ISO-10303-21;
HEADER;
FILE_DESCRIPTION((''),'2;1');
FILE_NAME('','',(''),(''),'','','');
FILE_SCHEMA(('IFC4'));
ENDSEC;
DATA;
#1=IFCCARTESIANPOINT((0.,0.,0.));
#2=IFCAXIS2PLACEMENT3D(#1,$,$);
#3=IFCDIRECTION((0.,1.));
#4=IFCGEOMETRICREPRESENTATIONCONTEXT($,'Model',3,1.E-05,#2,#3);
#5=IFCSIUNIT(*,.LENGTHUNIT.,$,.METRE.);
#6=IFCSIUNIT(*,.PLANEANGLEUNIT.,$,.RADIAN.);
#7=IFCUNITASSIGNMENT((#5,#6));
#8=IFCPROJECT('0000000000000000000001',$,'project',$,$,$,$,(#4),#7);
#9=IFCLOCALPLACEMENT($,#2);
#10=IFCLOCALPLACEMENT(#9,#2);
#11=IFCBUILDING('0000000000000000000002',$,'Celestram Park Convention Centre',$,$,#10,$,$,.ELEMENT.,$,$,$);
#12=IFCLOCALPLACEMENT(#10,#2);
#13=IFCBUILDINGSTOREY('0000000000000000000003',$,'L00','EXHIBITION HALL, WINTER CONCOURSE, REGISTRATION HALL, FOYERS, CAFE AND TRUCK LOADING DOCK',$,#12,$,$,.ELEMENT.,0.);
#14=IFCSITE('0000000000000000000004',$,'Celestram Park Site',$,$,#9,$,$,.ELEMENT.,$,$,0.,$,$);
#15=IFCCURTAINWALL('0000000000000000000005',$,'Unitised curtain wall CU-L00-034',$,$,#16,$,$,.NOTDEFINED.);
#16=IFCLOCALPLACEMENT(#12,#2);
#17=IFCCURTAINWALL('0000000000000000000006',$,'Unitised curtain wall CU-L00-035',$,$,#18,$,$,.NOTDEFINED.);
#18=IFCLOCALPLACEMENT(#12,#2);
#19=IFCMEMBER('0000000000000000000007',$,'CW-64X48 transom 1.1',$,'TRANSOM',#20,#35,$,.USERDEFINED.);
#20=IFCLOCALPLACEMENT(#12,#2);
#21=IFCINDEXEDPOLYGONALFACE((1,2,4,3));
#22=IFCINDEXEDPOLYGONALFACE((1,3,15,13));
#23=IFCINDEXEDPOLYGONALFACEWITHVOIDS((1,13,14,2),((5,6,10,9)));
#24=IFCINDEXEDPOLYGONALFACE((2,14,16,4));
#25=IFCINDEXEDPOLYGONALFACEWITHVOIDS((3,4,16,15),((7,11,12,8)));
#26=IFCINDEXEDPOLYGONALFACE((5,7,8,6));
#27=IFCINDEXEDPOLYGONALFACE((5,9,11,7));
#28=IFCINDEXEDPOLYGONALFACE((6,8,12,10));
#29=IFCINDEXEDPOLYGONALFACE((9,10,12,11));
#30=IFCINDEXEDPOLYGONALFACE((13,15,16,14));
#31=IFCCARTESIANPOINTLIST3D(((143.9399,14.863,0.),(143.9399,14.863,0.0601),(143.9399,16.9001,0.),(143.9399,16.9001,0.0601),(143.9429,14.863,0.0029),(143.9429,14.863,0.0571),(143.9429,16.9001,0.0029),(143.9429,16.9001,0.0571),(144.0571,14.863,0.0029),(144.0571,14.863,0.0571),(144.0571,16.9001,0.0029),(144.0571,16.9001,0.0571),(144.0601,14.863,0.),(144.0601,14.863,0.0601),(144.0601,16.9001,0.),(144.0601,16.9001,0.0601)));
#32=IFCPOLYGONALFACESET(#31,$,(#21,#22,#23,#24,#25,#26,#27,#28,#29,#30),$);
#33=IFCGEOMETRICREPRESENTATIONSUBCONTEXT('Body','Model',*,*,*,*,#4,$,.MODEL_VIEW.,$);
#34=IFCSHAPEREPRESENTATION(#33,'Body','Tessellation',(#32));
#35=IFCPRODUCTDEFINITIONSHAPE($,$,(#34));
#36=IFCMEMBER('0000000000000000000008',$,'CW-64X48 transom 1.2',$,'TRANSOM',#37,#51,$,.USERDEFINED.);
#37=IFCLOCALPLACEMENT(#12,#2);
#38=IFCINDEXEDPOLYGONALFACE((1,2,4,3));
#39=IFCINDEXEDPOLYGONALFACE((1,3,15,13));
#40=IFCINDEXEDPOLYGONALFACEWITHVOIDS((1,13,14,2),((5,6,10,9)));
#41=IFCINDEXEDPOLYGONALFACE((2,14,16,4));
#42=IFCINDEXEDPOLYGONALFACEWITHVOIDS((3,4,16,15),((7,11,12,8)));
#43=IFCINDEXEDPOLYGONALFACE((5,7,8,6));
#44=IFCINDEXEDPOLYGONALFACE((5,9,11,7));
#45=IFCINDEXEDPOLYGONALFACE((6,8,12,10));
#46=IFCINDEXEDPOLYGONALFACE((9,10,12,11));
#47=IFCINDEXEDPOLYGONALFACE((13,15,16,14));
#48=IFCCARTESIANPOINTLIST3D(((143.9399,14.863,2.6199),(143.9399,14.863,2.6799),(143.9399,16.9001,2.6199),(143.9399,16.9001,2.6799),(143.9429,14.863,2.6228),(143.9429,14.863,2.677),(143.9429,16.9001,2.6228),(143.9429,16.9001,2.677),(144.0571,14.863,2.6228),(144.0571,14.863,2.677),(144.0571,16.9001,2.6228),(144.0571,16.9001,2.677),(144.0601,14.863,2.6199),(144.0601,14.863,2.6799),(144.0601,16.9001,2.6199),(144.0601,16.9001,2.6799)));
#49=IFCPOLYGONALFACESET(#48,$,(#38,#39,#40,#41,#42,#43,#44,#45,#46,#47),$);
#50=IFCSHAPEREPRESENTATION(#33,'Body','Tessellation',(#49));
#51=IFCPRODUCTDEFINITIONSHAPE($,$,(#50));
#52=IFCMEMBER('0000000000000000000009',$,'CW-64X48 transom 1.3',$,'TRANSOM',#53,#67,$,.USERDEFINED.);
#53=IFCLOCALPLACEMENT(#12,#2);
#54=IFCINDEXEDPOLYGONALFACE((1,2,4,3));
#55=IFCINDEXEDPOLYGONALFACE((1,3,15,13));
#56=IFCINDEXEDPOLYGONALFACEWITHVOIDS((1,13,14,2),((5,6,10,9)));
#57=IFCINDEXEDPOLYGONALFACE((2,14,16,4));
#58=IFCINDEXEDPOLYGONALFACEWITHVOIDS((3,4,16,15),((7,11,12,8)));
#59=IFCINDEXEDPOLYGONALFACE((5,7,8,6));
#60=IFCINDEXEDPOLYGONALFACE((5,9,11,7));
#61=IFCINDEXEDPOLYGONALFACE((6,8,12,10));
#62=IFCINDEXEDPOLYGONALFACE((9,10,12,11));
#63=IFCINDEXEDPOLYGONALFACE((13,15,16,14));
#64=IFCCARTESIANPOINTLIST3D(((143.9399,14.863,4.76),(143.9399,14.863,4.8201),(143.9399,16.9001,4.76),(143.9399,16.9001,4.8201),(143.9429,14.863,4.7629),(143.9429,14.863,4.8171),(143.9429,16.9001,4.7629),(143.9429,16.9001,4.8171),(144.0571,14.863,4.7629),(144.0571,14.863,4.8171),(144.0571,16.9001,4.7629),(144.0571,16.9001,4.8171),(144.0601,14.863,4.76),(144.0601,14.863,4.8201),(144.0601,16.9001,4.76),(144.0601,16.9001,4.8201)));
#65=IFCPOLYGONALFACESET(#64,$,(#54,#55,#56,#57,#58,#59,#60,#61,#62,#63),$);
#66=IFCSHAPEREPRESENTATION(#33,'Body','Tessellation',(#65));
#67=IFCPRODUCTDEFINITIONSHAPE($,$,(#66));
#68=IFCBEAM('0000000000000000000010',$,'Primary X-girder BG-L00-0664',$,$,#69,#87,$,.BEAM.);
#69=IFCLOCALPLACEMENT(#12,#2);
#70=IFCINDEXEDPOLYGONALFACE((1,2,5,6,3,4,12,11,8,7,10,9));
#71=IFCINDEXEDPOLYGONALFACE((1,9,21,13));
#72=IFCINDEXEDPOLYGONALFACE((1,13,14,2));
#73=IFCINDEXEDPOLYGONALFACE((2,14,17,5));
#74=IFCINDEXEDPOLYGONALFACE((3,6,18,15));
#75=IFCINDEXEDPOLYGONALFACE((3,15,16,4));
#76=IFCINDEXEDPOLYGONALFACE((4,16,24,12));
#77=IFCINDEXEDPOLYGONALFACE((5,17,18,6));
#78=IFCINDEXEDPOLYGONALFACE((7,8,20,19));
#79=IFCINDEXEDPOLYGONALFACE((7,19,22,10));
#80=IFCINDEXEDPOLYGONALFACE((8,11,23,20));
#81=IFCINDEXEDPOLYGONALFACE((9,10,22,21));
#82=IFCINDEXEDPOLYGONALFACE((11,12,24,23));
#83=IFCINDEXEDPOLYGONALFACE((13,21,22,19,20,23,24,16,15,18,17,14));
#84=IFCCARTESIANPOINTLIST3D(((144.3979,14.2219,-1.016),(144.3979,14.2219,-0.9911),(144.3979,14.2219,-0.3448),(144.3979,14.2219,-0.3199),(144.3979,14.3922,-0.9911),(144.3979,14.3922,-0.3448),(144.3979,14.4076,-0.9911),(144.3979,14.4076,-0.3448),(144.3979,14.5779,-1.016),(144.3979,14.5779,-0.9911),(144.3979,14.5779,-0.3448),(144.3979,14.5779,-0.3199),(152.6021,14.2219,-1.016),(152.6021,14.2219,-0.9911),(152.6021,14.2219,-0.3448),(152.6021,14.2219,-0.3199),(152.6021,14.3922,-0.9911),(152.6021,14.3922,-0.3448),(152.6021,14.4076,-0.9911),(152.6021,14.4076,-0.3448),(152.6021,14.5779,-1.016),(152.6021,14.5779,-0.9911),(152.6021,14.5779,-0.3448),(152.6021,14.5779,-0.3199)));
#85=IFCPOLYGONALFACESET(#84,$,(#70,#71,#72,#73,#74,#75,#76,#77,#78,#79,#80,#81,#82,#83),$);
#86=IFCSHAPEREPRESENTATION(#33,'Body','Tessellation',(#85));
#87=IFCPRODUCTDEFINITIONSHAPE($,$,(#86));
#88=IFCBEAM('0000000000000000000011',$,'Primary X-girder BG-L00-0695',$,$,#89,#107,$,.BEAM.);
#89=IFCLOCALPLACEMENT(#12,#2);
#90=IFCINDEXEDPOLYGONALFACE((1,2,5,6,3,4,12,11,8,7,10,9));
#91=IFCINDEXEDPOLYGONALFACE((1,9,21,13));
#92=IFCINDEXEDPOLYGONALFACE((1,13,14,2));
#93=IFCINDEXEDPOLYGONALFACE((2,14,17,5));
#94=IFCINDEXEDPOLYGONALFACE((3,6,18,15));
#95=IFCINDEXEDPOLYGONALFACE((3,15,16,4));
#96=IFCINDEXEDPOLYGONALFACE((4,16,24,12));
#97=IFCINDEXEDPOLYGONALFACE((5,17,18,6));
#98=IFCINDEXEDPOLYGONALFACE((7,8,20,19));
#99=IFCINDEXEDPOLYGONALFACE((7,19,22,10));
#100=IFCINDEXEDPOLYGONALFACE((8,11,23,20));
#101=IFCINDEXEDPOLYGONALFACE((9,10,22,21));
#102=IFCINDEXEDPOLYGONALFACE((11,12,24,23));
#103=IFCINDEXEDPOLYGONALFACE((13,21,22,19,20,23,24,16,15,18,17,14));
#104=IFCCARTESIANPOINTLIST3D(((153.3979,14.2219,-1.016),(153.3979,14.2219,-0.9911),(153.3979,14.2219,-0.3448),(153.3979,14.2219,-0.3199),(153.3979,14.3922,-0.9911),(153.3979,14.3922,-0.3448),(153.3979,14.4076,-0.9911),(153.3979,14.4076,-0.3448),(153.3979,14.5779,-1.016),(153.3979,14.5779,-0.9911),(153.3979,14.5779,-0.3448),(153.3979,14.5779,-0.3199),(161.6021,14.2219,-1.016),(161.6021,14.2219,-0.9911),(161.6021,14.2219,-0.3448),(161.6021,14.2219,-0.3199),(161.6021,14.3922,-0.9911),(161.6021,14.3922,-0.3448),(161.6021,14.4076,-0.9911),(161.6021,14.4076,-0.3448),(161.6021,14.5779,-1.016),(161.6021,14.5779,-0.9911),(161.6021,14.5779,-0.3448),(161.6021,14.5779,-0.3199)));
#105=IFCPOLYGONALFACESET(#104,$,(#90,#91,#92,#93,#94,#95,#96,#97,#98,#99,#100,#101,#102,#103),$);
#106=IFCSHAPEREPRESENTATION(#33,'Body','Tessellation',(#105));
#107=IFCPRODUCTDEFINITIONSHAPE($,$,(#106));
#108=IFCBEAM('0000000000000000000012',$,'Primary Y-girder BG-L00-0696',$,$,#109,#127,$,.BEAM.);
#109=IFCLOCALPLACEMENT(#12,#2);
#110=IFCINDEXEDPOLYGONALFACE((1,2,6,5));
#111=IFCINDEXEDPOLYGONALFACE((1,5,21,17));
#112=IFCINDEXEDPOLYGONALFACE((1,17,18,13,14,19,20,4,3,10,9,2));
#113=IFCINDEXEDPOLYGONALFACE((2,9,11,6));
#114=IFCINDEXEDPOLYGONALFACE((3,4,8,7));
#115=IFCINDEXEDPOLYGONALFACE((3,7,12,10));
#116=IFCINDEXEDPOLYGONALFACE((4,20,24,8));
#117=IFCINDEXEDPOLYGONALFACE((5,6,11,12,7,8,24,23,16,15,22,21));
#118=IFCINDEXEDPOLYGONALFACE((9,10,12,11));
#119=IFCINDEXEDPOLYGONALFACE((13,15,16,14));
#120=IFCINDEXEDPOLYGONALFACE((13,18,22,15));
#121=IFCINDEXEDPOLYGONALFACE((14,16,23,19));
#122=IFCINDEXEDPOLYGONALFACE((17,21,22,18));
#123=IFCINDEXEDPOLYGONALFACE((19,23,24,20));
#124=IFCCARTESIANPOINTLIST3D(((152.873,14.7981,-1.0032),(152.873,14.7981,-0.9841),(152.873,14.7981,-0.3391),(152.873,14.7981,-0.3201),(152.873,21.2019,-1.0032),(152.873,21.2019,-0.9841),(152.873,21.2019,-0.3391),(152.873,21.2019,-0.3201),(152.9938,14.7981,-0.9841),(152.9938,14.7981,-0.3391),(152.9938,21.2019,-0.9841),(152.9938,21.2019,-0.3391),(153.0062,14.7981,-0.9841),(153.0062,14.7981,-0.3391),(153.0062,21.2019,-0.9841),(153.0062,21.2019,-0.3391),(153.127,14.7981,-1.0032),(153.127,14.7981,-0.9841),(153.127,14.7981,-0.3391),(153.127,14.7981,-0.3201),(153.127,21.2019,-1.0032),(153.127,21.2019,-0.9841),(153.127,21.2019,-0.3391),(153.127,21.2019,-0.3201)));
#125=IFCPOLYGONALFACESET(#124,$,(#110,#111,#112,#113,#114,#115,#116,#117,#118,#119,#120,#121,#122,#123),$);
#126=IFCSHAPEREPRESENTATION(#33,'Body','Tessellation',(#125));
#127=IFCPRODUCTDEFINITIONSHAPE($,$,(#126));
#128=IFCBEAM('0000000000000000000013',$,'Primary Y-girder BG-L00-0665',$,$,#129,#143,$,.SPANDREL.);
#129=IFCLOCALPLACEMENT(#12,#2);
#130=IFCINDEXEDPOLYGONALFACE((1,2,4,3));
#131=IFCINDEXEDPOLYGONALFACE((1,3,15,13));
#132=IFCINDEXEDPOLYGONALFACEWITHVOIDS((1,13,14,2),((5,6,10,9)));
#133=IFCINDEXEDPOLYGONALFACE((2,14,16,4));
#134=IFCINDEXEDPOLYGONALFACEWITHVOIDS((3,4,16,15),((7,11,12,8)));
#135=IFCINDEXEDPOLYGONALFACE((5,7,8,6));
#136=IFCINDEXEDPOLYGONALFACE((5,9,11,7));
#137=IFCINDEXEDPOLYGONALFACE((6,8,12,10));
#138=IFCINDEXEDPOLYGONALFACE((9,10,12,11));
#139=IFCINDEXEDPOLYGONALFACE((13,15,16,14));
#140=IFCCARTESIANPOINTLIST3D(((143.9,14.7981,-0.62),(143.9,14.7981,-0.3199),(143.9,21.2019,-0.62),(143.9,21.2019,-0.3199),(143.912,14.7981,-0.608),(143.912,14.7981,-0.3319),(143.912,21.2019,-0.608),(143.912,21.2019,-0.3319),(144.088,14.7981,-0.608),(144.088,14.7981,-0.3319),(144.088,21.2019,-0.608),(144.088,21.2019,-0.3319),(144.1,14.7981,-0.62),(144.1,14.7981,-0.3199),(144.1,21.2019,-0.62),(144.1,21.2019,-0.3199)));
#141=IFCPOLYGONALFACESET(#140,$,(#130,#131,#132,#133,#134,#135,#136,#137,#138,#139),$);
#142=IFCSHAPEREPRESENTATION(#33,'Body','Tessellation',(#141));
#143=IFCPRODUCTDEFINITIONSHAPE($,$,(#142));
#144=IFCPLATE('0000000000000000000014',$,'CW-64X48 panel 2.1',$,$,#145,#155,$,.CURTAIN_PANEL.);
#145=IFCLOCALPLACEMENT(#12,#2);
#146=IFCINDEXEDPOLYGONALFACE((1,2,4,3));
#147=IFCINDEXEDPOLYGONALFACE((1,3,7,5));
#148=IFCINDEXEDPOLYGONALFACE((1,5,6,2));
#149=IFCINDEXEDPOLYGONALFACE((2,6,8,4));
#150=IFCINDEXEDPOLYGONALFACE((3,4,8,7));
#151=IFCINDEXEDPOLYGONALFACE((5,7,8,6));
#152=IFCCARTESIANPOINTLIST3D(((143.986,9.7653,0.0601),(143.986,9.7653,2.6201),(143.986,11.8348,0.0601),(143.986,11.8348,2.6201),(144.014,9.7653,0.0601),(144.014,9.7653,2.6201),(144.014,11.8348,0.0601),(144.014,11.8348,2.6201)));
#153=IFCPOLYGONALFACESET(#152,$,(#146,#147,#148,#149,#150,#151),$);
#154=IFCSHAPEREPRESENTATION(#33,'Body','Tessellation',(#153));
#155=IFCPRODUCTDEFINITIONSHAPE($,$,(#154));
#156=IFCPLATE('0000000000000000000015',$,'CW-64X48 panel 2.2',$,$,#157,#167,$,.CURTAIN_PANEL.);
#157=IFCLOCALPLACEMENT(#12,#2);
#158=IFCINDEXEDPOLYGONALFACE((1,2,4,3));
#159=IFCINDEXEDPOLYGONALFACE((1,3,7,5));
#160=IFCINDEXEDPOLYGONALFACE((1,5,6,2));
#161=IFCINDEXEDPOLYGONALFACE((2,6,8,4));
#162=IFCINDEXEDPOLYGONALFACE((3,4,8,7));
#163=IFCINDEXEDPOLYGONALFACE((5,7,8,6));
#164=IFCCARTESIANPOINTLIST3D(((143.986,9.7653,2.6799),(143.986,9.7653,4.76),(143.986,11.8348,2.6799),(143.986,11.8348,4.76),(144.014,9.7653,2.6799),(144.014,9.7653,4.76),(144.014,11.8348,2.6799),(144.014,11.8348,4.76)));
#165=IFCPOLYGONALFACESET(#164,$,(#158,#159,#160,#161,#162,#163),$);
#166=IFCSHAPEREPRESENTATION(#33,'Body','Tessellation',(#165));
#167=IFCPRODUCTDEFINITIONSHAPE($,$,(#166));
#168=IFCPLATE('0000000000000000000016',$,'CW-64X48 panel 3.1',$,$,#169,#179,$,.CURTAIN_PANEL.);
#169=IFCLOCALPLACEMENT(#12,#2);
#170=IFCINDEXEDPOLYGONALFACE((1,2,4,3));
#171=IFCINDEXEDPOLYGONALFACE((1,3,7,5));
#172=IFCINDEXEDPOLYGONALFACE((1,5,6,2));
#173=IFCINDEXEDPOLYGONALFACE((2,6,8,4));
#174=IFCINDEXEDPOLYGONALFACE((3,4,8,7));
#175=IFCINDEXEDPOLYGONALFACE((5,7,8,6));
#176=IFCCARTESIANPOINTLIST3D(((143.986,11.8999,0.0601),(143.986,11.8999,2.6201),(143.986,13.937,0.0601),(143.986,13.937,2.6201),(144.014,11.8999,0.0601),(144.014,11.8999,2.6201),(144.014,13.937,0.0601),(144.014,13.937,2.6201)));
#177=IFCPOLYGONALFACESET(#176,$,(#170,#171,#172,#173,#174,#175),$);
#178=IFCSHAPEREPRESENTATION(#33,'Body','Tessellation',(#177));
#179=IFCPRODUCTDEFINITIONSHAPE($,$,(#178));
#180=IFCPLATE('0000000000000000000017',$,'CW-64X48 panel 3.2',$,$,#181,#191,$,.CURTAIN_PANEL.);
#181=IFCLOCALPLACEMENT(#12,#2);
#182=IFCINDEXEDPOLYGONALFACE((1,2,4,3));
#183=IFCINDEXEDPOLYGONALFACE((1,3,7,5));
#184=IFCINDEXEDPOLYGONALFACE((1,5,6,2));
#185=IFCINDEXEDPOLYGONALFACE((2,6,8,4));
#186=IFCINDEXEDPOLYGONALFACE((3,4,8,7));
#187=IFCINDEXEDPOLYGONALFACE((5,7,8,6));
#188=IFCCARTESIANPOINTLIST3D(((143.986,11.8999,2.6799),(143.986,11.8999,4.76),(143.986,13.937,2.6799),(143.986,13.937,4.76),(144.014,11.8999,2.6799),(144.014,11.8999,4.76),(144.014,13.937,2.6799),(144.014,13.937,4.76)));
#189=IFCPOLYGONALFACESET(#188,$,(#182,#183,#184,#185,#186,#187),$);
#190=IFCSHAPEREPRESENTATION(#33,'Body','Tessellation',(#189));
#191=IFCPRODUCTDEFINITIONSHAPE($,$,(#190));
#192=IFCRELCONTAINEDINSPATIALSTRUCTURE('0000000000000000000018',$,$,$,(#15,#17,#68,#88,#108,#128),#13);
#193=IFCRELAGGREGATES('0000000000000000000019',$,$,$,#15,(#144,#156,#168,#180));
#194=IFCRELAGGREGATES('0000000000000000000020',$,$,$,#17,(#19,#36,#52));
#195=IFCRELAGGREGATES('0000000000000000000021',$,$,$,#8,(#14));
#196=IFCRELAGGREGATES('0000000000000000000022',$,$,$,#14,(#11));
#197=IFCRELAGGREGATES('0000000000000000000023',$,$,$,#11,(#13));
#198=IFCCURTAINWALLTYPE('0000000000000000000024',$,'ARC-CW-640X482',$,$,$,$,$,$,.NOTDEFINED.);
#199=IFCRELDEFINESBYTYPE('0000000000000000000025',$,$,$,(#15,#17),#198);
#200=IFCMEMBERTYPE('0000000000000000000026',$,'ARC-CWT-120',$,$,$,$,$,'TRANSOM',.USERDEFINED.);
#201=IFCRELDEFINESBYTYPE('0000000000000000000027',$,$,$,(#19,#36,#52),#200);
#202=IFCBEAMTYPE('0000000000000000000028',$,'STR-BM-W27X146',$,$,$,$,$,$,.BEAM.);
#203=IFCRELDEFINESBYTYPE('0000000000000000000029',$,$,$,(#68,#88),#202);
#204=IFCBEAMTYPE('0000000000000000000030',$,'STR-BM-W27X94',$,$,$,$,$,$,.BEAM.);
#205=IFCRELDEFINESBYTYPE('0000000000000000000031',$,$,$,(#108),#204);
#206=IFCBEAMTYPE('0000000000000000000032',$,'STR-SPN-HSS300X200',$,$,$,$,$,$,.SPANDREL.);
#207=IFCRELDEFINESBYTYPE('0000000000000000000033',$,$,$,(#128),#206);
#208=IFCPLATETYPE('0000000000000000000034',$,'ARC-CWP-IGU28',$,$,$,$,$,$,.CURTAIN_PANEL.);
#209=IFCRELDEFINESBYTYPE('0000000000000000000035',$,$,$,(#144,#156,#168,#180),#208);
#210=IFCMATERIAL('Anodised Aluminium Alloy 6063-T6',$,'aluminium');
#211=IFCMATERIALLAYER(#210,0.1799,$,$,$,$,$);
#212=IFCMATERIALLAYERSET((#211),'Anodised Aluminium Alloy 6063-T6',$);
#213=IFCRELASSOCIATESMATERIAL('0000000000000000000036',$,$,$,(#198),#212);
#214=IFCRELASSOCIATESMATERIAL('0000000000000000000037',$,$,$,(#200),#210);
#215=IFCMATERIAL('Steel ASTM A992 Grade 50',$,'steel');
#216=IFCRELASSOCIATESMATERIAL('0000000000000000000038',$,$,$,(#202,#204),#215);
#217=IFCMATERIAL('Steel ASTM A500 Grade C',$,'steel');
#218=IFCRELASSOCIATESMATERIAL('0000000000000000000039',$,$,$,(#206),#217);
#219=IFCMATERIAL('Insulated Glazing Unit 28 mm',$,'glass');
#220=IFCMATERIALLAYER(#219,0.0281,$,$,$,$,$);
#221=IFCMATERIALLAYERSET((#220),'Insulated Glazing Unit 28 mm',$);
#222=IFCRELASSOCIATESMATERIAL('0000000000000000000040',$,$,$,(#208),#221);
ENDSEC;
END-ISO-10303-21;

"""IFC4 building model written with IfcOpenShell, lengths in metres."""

from ifc_helpers import new_model, si_unit, direction, frame, origin, origin_2d, place, context, subcontext, project, spatial, rectangle, hollow_rectangle, i_section, extrude, material, layer, layer_set, material_profile, profile_set, type_object, element, aggregate, save


model = new_model("IFC4")

# Units and contexts
model_context = context("Model", 3, precision=1e-05, world=origin(), true_north=direction((0.0, 1.0)))
body_context = subcontext(model_context, "Body", "Model", "MODEL_VIEW")
ifc_project = project(units=[si_unit("LENGTHUNIT", "METRE"), si_unit("PLANEANGLEUNIT", "RADIAN")], contexts=[model_context])

# Site, building, storey
site_placement = place(None, origin())
site = spatial("IfcSite", under=ifc_project, at=site_placement, Name="Celestram Park Site", CompositionType="ELEMENT", RefElevation=0.0)
building_placement = place(site_placement, origin())
building = spatial("IfcBuilding", under=site, at=building_placement, Name="Celestram Park Convention Centre", CompositionType="ELEMENT")
storey_placement = place(building_placement, origin())
storey = spatial("IfcBuildingStorey", under=building, at=storey_placement, Name="L00", Description="EXHIBITION HALL, WINTER CONCOURSE, REGISTRATION HALL, FOYERS, CAFE AND TRUCK LOADING DOCK", CompositionType="ELEMENT", Elevation=0.0)

# Curtain walls
ifc_material_1 = material(Name="Anodised Aluminium Alloy 6063-T6", Category="aluminium")
ifc_layer_1 = layer(ifc_material_1, 0.1799)
ifc_layer_set_1 = layer_set([ifc_layer_1], Name="Anodised Aluminium Alloy 6063-T6")
curtain_wall_type = type_object("IfcCurtainWallType", Name="ARC-CW-640X482", PredefinedType="NOTDEFINED", material=ifc_layer_set_1)
curtain_wall_1_placement = place(storey_placement, origin())
curtain_wall_1 = element("IfcCurtainWall", 1, at=curtain_wall_1_placement, inside=storey, type_object=curtain_wall_type, Name="Unitised curtain wall CU-L00-034", PredefinedType="NOTDEFINED")
curtain_wall_2_placement = place(storey_placement, origin())
curtain_wall_2 = element("IfcCurtainWall", 2, at=curtain_wall_2_placement, inside=storey, type_object=curtain_wall_type, Name="Unitised curtain wall CU-L00-035", PredefinedType="NOTDEFINED")

# Members
ifc_material_profile_1 = material_profile(ifc_material_1, hollow_rectangle(XDim=0.1201, YDim=0.0601, WallThickness=0.0029, at=origin_2d()), Name="ALU120X60X3")
ifc_profile_set_1 = profile_set([ifc_material_profile_1], Name="Anodised Aluminium Alloy 6063-T6")
member_type_1 = type_object("IfcMemberType", Name="ARC-CWT-120", ElementType="TRANSOM", PredefinedType="USERDEFINED", material=ifc_profile_set_1)
member_1_placement = place(storey_placement, frame((144.0, 14.863, 0.03), z_axis=(0.0, 1.0, 0.0), x_axis=(-1.0, 0.0, 0.0)))
member_1 = element("IfcMember", 3, at=member_1_placement, type_object=member_type_1, Name="CW-64X48 transom 1.1", ObjectType="TRANSOM", PredefinedType="USERDEFINED", context=body_context, shape_type="SweptSolid", body=[
    extrude(hollow_rectangle(XDim=0.1201, YDim=0.0601, WallThickness=0.0029, at=origin_2d()), origin(), (0.0, 0.0, 1.0), 2.0371),
])
member_2_placement = place(storey_placement, frame((144.0, 14.863, 2.6499), z_axis=(0.0, 1.0, 0.0), x_axis=(-1.0, 0.0, 0.0)))
member_2 = element("IfcMember", 4, at=member_2_placement, type_object=member_type_1, Name="CW-64X48 transom 1.2", ObjectType="TRANSOM", PredefinedType="USERDEFINED", context=body_context, shape_type="SweptSolid", body=[
    extrude(hollow_rectangle(XDim=0.1201, YDim=0.0601, WallThickness=0.0029, at=origin_2d()), origin(), (0.0, 0.0, 1.0), 2.0371),
])
member_3_placement = place(storey_placement, frame((144.0, 14.863, 4.79), z_axis=(0.0, 1.0, 0.0), x_axis=(-1.0, 0.0, 0.0)))
member_3 = element("IfcMember", 5, at=member_3_placement, type_object=member_type_1, Name="CW-64X48 transom 1.3", ObjectType="TRANSOM", PredefinedType="USERDEFINED", context=body_context, shape_type="SweptSolid", body=[
    extrude(hollow_rectangle(XDim=0.1201, YDim=0.0601, WallThickness=0.0029, at=origin_2d()), origin(), (0.0, 0.0, 1.0), 2.0371),
])

# Beams
ifc_material_2 = material(Name="Steel ASTM A992 Grade 50", Category="steel")
ifc_material_profile_2 = material_profile(ifc_material_2, i_section(OverallWidth=0.356, OverallDepth=0.696, WebThickness=0.0154, FlangeThickness=0.0249, at=origin_2d()), Name="W27X146")
ifc_profile_set_2 = profile_set([ifc_material_profile_2], Name="Steel ASTM A992 Grade 50")
beam_type_1 = type_object("IfcBeamType", Name="STR-BM-W27X146", PredefinedType="BEAM", material=ifc_profile_set_2)
for number, where, z_axis, x_axis, name in (
    (6, (144.3979, 14.3999, -0.668), (1.0, 0.0, 0.0), (0.0, 1.0, 0.0), "Primary X-girder BG-L00-0664"),
    (7, (153.3979, 14.3999, -0.668), (1.0, 0.0, 0.0), (0.0, 1.0, 0.0), "Primary X-girder BG-L00-0695"),
):
    element("IfcBeam", number, at=place(storey_placement, frame(where, z_axis=z_axis, x_axis=x_axis)), inside=storey, type_object=beam_type_1, Name=name, PredefinedType="BEAM", context=body_context, shape_type="SweptSolid", body=[
        extrude(i_section(OverallWidth=0.356, OverallDepth=0.696, WebThickness=0.0154, FlangeThickness=0.0249, at=origin_2d()), origin(), (0.0, 0.0, 1.0), 8.2041),
    ])
ifc_material_profile_3 = material_profile(ifc_material_2, i_section(OverallWidth=0.2539, OverallDepth=0.6831, WebThickness=0.0125, FlangeThickness=0.019, at=origin_2d()), Name="W27X94")
ifc_profile_set_3 = profile_set([ifc_material_profile_3], Name="Steel ASTM A992 Grade 50")
beam_type_2 = type_object("IfcBeamType", Name="STR-BM-W27X94", PredefinedType="BEAM", material=ifc_profile_set_3)
beam_1_placement = place(storey_placement, frame((153.0, 14.7981, -0.6616), z_axis=(0.0, 1.0, 0.0), x_axis=(-1.0, 0.0, 0.0)))
element("IfcBeam", 8, at=beam_1_placement, inside=storey, type_object=beam_type_2, Name="Primary Y-girder BG-L00-0696", PredefinedType="BEAM", context=body_context, shape_type="SweptSolid", body=[
    extrude(i_section(OverallWidth=0.2539, OverallDepth=0.6831, WebThickness=0.0125, FlangeThickness=0.019, at=origin_2d()), origin(), (0.0, 0.0, 1.0), 6.4038),
])
ifc_material_3 = material(Name="Steel ASTM A500 Grade C", Category="steel")
ifc_material_profile_4 = material_profile(ifc_material_3, hollow_rectangle(XDim=0.2, YDim=0.3, WallThickness=0.012, at=origin_2d()), Name="HSS300X200X12")
ifc_profile_set_4 = profile_set([ifc_material_profile_4], Name="Steel ASTM A500 Grade C")
beam_type_3 = type_object("IfcBeamType", Name="STR-SPN-HSS300X200", PredefinedType="SPANDREL", material=ifc_profile_set_4)
beam_2_placement = place(storey_placement, frame((144.0, 14.7981, -0.47), z_axis=(0.0, 1.0, 0.0), x_axis=(-1.0, 0.0, 0.0)))
element("IfcBeam", 9, at=beam_2_placement, inside=storey, type_object=beam_type_3, Name="Primary Y-girder BG-L00-0665", PredefinedType="SPANDREL", context=body_context, shape_type="SweptSolid", body=[
    extrude(hollow_rectangle(XDim=0.2, YDim=0.3, WallThickness=0.012, at=origin_2d()), origin(), (0.0, 0.0, 1.0), 6.4038),
])

# Plates
ifc_material_4 = material(Name="Insulated Glazing Unit 28 mm", Category="glass")
ifc_layer_2 = layer(ifc_material_4, 0.0281)
ifc_layer_set_2 = layer_set([ifc_layer_2], Name="Insulated Glazing Unit 28 mm")
plate_type = type_object("IfcPlateType", Name="ARC-CWP-IGU28", PredefinedType="CURTAIN_PANEL", material=ifc_layer_set_2)
plate_1_placement = place(storey_placement, frame((144.0, 10.8, 0.0601), z_axis=(0.0, 0.0, 1.0), x_axis=(0.0, 1.0, 0.0)))
plate_1 = element("IfcPlate", 10, at=plate_1_placement, type_object=plate_type, Name="CW-64X48 panel 2.1", PredefinedType="CURTAIN_PANEL", context=body_context, shape_type="SweptSolid", body=[
    extrude(rectangle(XDim=2.0696, YDim=0.0281, at=origin_2d()), origin(), (0.0, 0.0, 1.0), 2.5601),
])
plate_2_placement = place(storey_placement, frame((144.0, 10.8, 2.6799), z_axis=(0.0, 0.0, 1.0), x_axis=(0.0, 1.0, 0.0)))
plate_2 = element("IfcPlate", 11, at=plate_2_placement, type_object=plate_type, Name="CW-64X48 panel 2.2", PredefinedType="CURTAIN_PANEL", context=body_context, shape_type="SweptSolid", body=[
    extrude(rectangle(XDim=2.0696, YDim=0.0281, at=origin_2d()), origin(), (0.0, 0.0, 1.0), 2.0801),
])
plate_3_placement = place(storey_placement, frame((144.0, 12.9185, 0.0601), z_axis=(0.0, 0.0, 1.0), x_axis=(0.0, 1.0, 0.0)))
plate_3 = element("IfcPlate", 12, at=plate_3_placement, type_object=plate_type, Name="CW-64X48 panel 3.1", PredefinedType="CURTAIN_PANEL", context=body_context, shape_type="SweptSolid", body=[
    extrude(rectangle(XDim=2.0371, YDim=0.0281, at=origin_2d()), origin(), (0.0, 0.0, 1.0), 2.5601),
])
plate_4_placement = place(storey_placement, frame((144.0, 12.9185, 2.6799), z_axis=(0.0, 0.0, 1.0), x_axis=(0.0, 1.0, 0.0)))
plate_4 = element("IfcPlate", 13, at=plate_4_placement, type_object=plate_type, Name="CW-64X48 panel 3.2", PredefinedType="CURTAIN_PANEL", context=body_context, shape_type="SweptSolid", body=[
    extrude(rectangle(XDim=2.0371, YDim=0.0281, at=origin_2d()), origin(), (0.0, 0.0, 1.0), 2.0801),
])
aggregate(curtain_wall_1, [plate_1, plate_2, plate_3, plate_4])
aggregate(curtain_wall_2, [member_1, member_2, member_3])

save(model, "model.ifc")
